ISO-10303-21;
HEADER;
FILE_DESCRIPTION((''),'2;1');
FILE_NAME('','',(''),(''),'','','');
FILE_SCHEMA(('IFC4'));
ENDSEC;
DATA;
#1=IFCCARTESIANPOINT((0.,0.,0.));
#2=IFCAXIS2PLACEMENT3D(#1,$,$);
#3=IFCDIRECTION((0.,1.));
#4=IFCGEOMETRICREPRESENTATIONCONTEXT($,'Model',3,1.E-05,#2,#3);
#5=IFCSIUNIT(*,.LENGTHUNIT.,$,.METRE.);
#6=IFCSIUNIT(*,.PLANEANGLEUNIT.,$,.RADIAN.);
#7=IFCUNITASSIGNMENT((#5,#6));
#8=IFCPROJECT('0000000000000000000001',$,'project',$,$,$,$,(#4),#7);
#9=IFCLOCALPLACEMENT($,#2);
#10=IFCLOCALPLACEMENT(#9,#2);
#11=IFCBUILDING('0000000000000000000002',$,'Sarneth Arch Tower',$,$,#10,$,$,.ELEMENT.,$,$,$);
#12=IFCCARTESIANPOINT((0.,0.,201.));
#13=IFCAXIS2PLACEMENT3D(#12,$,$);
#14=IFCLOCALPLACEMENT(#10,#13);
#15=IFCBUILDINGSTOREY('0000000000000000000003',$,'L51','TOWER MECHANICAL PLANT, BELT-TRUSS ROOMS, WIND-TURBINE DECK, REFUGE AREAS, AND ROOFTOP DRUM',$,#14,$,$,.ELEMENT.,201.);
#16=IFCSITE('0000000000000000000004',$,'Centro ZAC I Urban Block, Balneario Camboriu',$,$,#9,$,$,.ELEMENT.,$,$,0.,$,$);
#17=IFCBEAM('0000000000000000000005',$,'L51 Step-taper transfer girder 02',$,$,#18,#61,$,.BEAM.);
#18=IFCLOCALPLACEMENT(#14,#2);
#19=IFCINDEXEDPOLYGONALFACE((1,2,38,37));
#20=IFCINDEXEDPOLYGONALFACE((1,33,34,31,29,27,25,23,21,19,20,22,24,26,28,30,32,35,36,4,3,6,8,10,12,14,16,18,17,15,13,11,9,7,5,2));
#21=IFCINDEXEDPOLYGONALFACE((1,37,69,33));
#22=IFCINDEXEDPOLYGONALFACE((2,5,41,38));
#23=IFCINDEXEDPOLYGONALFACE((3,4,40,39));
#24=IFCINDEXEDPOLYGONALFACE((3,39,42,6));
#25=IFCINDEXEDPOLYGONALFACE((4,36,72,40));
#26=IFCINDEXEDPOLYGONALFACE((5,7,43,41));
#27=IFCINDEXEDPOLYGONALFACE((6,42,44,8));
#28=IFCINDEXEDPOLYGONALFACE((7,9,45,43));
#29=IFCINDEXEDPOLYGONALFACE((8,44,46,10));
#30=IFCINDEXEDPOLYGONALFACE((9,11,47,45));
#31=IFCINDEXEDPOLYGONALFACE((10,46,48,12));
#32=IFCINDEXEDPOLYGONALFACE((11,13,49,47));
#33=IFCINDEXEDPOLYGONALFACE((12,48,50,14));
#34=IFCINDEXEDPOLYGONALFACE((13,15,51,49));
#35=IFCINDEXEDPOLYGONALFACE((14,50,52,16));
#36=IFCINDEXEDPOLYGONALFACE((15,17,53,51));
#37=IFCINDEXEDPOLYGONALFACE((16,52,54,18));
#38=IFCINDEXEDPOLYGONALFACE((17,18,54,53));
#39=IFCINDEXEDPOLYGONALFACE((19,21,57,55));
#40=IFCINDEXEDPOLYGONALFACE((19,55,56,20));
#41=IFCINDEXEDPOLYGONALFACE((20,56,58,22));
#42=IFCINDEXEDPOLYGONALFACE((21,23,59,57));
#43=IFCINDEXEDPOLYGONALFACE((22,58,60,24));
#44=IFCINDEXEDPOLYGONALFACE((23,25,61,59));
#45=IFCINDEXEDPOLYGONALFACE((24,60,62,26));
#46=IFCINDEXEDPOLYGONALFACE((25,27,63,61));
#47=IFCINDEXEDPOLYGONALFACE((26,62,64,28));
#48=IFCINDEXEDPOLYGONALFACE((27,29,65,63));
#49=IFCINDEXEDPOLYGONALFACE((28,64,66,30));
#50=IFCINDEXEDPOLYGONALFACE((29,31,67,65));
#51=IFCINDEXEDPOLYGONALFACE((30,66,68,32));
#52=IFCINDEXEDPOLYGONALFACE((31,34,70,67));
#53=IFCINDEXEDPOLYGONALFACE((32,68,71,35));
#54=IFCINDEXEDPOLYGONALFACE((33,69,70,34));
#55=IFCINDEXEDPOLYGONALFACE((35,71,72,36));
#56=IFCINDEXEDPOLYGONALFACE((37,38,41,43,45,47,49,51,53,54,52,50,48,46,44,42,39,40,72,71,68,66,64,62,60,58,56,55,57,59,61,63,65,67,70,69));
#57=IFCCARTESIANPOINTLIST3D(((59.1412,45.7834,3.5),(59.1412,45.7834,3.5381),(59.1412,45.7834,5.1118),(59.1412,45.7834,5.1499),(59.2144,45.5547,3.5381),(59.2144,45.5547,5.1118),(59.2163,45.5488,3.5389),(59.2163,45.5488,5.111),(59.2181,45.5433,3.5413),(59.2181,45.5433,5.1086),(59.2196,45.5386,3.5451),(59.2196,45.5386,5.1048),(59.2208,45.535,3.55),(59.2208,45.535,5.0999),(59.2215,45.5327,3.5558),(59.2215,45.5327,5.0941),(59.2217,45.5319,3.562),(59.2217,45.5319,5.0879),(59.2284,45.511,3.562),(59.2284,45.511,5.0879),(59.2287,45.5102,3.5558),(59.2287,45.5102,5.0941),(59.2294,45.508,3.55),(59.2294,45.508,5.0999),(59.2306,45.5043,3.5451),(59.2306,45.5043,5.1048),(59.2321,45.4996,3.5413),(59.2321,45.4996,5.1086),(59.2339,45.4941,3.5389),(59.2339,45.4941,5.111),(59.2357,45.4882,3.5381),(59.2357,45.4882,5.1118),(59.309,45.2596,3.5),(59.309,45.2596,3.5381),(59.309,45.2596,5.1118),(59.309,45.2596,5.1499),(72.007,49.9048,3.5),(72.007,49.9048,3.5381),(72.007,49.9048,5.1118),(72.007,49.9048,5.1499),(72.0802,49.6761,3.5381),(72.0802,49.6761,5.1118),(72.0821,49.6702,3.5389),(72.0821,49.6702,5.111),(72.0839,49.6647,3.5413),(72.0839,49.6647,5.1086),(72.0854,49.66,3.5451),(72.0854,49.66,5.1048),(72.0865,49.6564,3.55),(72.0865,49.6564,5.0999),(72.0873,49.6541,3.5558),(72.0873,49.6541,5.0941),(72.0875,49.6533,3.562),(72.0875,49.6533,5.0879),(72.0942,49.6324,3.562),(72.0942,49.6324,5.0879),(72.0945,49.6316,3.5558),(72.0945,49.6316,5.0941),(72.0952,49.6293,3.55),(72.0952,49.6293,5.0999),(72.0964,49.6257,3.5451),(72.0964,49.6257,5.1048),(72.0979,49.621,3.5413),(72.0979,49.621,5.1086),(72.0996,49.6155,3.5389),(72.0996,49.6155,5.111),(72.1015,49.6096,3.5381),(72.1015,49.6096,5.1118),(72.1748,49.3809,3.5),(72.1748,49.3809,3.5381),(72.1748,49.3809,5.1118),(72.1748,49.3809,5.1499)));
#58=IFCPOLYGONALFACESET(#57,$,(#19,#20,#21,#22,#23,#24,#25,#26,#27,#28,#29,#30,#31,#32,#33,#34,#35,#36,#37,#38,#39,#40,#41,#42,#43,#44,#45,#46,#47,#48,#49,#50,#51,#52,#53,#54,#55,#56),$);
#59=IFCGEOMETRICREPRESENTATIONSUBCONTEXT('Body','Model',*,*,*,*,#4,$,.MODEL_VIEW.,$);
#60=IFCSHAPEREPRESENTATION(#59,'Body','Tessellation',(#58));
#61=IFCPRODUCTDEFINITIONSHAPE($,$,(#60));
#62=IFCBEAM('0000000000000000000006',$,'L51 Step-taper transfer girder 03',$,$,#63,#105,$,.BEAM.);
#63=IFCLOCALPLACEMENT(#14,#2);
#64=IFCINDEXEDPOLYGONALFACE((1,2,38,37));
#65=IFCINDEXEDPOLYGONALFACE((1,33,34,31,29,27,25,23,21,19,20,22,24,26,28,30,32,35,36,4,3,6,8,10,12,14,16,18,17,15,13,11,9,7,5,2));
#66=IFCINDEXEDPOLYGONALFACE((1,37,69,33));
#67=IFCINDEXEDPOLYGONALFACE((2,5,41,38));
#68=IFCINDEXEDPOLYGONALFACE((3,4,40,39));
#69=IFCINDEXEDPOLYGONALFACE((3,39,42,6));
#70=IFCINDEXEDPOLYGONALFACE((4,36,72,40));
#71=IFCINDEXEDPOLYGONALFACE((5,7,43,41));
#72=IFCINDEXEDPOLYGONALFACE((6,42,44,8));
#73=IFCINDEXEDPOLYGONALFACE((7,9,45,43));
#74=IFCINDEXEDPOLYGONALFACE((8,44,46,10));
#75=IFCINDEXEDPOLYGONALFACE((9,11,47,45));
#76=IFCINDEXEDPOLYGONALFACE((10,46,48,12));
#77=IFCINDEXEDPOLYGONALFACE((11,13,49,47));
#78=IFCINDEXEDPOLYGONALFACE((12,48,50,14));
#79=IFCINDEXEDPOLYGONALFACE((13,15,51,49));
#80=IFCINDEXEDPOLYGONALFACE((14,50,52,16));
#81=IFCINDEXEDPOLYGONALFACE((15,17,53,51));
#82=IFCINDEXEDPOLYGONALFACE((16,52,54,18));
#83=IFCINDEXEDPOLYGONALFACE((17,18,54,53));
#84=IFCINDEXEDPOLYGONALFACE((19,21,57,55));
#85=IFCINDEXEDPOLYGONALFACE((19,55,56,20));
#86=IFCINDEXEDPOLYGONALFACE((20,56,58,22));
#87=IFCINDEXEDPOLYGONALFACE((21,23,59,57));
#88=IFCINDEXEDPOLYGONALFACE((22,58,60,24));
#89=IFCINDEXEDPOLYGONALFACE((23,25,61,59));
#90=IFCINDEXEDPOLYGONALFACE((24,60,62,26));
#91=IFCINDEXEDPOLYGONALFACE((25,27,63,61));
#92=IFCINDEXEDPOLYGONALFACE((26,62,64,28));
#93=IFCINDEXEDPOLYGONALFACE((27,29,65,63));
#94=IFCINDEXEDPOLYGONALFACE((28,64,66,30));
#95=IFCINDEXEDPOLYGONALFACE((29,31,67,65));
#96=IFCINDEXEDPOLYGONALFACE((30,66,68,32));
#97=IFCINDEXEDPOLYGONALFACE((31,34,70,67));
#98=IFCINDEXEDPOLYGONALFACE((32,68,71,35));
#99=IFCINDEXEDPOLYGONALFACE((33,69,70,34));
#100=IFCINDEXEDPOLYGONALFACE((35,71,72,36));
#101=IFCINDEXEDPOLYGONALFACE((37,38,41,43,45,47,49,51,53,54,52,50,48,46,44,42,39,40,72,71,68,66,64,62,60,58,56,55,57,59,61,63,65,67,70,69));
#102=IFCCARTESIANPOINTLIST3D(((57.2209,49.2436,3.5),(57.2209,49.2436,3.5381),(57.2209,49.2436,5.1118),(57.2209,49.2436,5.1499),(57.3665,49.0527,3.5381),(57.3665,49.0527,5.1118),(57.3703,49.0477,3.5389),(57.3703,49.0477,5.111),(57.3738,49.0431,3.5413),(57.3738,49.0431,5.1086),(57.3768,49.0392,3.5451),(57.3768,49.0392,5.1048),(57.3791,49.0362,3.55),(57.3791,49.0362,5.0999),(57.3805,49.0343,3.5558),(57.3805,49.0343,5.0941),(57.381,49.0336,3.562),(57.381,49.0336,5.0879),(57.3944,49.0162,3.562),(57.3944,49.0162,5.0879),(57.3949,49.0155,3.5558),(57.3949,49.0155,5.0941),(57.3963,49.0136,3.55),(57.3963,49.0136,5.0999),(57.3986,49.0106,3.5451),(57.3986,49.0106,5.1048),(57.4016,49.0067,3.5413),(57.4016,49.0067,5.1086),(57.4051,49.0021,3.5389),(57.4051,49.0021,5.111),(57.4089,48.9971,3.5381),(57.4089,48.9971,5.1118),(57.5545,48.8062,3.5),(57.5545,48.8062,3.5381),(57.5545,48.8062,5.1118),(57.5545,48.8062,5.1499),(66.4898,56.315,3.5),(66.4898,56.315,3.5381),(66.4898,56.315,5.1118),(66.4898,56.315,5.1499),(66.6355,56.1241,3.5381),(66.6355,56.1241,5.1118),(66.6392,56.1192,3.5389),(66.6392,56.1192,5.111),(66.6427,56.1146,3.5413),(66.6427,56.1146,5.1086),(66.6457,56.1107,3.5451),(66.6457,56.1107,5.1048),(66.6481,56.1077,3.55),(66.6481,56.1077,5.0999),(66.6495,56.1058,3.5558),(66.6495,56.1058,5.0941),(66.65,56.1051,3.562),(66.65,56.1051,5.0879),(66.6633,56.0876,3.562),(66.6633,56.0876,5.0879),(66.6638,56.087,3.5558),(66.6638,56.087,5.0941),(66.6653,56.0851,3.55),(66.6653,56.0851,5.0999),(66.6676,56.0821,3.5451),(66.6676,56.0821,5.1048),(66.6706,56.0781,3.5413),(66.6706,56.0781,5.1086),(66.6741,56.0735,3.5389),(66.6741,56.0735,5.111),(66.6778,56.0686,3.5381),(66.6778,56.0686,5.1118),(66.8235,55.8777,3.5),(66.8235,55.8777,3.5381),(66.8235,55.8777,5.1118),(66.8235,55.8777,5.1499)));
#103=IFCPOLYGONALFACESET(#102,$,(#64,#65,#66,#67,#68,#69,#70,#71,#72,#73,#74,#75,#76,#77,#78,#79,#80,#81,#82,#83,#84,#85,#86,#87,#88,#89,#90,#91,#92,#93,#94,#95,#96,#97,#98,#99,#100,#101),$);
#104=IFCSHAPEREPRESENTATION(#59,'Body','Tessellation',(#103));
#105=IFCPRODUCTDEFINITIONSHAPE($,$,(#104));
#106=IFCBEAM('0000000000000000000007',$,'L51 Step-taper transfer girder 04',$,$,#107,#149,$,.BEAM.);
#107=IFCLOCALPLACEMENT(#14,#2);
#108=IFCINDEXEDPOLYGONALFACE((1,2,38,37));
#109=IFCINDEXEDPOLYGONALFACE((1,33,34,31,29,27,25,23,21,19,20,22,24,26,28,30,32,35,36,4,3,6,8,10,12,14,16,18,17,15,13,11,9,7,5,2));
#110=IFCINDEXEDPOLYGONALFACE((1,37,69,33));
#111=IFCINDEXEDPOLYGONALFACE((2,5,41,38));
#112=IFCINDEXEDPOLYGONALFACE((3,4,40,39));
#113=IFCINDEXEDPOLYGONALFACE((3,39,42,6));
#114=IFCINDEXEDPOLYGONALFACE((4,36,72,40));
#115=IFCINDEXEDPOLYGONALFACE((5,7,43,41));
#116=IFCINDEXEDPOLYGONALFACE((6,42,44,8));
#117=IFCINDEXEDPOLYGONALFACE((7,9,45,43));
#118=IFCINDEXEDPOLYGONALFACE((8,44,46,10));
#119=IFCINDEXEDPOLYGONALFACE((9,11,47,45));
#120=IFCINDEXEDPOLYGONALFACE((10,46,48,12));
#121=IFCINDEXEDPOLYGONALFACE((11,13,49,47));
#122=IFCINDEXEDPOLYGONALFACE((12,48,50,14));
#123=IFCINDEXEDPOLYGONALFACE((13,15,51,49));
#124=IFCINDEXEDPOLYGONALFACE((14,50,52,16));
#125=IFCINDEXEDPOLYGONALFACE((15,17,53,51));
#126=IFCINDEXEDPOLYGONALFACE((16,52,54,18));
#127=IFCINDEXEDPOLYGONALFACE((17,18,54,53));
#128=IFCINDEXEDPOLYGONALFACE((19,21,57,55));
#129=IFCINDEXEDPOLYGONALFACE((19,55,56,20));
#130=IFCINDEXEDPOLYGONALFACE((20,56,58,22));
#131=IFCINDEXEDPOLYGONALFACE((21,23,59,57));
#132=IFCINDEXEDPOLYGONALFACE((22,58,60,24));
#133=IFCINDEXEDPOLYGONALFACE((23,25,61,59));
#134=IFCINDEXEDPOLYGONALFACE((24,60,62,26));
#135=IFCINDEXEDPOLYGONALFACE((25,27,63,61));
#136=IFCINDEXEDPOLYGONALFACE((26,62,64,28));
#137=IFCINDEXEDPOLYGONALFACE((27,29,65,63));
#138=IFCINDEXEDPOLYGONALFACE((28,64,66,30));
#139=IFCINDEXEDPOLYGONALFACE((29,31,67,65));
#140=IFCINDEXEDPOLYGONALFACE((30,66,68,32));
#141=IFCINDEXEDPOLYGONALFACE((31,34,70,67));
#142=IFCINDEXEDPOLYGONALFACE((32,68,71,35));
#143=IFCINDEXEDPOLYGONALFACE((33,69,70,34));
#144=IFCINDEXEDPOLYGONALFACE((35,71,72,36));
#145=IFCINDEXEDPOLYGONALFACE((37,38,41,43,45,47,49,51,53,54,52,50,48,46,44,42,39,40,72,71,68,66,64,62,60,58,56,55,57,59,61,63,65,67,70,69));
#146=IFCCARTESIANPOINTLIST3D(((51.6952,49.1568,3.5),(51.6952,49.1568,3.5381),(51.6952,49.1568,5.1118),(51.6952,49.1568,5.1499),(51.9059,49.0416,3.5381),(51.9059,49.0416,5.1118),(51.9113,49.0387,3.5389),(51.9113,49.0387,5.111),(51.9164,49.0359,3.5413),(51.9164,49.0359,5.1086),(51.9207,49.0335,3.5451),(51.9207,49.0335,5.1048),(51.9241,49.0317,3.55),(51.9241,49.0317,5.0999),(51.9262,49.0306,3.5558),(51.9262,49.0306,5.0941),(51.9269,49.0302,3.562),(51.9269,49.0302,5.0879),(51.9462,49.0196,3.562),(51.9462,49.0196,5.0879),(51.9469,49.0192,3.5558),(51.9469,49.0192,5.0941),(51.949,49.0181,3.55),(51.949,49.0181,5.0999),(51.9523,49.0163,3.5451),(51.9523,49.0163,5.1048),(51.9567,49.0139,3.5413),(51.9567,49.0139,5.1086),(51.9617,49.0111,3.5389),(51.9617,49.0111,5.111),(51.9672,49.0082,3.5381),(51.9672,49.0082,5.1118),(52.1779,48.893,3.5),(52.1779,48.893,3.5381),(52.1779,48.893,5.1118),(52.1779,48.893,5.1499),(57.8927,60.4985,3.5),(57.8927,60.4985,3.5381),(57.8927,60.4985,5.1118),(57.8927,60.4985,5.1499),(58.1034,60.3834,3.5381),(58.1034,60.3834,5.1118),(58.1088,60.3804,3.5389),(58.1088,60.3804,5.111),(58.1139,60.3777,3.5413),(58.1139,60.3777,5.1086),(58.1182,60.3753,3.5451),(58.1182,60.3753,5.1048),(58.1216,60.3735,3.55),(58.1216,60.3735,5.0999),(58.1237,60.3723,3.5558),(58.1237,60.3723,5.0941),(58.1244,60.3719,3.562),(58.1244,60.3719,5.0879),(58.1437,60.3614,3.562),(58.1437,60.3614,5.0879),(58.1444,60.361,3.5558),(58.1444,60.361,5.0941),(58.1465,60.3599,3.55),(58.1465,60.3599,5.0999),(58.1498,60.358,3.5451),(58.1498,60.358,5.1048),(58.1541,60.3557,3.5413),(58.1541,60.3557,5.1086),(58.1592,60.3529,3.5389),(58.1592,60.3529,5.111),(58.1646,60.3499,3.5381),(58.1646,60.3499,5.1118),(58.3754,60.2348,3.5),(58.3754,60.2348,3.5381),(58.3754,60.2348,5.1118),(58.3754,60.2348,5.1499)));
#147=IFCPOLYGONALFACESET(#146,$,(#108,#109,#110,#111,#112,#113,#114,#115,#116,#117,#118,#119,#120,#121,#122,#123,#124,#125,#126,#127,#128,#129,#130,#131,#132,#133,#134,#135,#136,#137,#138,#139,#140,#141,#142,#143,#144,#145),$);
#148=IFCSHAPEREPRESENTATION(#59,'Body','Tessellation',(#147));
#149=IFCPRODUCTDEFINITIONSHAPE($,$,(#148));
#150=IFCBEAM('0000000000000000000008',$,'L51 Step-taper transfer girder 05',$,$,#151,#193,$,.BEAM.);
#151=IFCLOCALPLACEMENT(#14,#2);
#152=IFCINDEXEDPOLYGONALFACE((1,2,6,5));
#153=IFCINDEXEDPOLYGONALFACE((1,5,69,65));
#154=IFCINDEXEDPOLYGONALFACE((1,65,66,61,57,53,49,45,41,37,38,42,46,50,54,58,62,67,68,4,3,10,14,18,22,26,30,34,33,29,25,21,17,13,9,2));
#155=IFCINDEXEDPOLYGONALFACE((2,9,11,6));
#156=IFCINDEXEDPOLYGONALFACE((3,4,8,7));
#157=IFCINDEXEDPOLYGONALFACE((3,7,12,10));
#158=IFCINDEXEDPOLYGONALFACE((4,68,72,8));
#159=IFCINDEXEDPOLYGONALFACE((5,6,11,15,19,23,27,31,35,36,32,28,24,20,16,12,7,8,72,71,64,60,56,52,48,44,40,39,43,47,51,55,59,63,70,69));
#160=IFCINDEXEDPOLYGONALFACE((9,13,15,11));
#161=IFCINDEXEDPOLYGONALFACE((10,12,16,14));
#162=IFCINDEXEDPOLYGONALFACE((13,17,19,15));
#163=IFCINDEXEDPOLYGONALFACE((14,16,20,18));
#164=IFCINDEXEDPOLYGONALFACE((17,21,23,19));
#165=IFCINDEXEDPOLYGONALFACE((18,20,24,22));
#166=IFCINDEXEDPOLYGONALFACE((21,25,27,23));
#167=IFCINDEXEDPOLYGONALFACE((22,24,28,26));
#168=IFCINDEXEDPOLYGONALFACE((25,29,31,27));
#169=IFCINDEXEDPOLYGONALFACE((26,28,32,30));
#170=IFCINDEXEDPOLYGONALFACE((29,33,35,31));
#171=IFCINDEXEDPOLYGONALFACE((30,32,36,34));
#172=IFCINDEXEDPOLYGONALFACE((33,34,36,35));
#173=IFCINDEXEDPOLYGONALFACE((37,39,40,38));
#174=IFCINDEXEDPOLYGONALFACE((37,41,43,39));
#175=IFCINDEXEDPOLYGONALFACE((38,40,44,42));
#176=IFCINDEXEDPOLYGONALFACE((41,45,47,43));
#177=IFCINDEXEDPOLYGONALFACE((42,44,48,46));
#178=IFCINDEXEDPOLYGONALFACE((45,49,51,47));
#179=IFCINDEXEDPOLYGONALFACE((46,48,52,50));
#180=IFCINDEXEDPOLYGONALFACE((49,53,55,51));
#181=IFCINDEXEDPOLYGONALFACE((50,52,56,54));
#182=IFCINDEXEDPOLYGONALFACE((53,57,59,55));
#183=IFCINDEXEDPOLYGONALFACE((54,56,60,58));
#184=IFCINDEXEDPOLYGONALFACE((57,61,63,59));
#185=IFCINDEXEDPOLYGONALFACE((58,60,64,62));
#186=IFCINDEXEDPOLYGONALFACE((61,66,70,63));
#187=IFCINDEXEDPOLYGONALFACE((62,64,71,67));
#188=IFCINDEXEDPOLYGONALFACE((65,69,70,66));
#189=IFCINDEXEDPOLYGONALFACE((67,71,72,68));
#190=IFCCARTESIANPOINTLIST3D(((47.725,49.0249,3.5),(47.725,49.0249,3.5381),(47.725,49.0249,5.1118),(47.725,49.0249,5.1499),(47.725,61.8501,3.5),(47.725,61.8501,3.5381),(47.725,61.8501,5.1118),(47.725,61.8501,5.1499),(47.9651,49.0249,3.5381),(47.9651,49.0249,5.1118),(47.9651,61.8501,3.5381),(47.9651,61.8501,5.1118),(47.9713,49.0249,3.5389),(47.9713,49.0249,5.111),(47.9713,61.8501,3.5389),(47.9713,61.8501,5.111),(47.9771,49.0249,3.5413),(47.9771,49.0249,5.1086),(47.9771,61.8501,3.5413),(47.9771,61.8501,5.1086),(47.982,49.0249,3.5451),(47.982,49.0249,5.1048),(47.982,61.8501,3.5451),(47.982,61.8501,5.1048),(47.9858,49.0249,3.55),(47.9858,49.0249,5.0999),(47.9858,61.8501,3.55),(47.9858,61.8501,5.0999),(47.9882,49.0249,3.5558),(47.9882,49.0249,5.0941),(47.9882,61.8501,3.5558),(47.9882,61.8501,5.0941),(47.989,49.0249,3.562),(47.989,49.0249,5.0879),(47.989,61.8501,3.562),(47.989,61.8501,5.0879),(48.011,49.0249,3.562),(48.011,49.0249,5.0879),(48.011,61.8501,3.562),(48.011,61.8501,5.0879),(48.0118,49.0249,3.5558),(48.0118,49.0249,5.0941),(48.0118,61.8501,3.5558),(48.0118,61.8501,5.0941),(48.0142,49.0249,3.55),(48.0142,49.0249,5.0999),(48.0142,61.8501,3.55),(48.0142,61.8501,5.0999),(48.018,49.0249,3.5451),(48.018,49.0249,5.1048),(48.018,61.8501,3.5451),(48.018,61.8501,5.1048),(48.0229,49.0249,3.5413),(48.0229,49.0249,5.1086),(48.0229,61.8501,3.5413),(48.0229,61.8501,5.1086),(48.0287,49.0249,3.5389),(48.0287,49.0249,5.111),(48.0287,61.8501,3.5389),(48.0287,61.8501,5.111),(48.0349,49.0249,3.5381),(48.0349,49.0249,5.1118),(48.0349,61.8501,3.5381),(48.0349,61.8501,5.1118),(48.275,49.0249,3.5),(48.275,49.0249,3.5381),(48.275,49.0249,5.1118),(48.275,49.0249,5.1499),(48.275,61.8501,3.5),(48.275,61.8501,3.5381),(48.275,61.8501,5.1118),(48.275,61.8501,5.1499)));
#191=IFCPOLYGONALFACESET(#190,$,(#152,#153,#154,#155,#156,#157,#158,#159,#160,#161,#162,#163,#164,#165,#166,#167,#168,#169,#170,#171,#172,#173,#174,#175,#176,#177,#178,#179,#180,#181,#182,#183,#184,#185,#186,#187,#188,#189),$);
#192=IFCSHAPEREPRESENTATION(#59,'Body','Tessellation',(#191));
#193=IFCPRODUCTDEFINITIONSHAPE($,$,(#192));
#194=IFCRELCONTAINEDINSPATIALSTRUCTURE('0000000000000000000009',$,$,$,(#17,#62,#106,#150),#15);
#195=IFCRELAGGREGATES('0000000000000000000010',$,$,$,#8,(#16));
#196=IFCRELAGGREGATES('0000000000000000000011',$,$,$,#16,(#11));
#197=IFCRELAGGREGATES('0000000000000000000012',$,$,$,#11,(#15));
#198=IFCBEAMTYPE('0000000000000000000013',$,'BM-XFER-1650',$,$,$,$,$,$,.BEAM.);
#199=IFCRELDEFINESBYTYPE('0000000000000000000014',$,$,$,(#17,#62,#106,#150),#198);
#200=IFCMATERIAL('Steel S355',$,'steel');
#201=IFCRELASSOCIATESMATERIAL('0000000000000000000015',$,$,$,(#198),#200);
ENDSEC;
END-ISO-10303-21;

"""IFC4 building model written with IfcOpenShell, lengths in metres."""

from ifc_helpers import new_model, si_unit, direction, frame, origin, origin_2d, place, context, subcontext, project, spatial, i_section, extrude, material, material_profile, profile_set, type_object, element, save


model = new_model("IFC4")

# Units and contexts
model_context = context("Model", 3, precision=1e-05, world=origin(), true_north=direction((0.0, 1.0)))
body_context = subcontext(model_context, "Body", "Model", "MODEL_VIEW")
ifc_project = project(units=[si_unit("LENGTHUNIT", "METRE"), si_unit("PLANEANGLEUNIT", "RADIAN")], contexts=[model_context])

# Site, building, storey
site_placement = place(None, origin())
site = spatial("IfcSite", under=ifc_project, at=site_placement, Name="Centro ZAC I Urban Block, Balneario Camboriu", CompositionType="ELEMENT", RefElevation=0.0)
building_placement = place(site_placement, origin())
building = spatial("IfcBuilding", under=site, at=building_placement, Name="Sarneth Arch Tower", CompositionType="ELEMENT")
storey_placement = place(building_placement, frame((0.0, 0.0, 201.0)))
storey = spatial("IfcBuildingStorey", under=building, at=storey_placement, Name="L51", Description="TOWER MECHANICAL PLANT, BELT-TRUSS ROOMS, WIND-TURBINE DECK, REFUGE AREAS, AND ROOFTOP DRUM", CompositionType="ELEMENT", Elevation=201.0)

# Beams
ifc_material_1 = material(Name="Steel S355", Category="steel")
ifc_material_profile_1 = material_profile(ifc_material_1, i_section(OverallWidth=0.55, OverallDepth=1.6499, WebThickness=0.022, FlangeThickness=0.0381, FilletRadius=0.0239, at=origin_2d()), Name="CVS1650x680")
ifc_profile_set_1 = profile_set([ifc_material_profile_1], Name="Steel S355")
beam_type_1 = type_object("IfcBeamType", Name="BM-XFER-1650", PredefinedType="BEAM", material=ifc_profile_set_1)
beam_1_placement = place(storey_placement, frame((59.2251, 45.5215, 4.325), z_axis=(0.952332, 0.305065, 0.0), x_axis=(-0.305065, 0.952332, 0.0)))
element("IfcBeam", 1, at=beam_1_placement, inside=storey, type_object=beam_type_1, Name="L51 Step-taper transfer girder 02", PredefinedType="BEAM", context=body_context, shape_type="SweptSolid", body=[
    extrude(i_section(OverallWidth=0.55, OverallDepth=1.6499, WebThickness=0.022, FlangeThickness=0.0381, FilletRadius=0.0239, at=origin_2d()), origin(), (0.0, 0.0, 1.0), 13.5098),
])
beam_2_placement = place(storey_placement, frame((57.3877, 49.0249, 4.325), z_axis=(0.795043, 0.606554, 0.0), x_axis=(-0.606554, 0.795043, 0.0)))
element("IfcBeam", 2, at=beam_2_placement, inside=storey, type_object=beam_type_1, Name="L51 Step-taper transfer girder 03", PredefinedType="BEAM", context=body_context, shape_type="SweptSolid", body=[
    extrude(i_section(OverallWidth=0.55, OverallDepth=1.6499, WebThickness=0.022, FlangeThickness=0.0381, FilletRadius=0.0239, at=origin_2d()), origin(), (0.0, 0.0, 1.0), 11.6584),
])
beam_3_placement = place(storey_placement, frame((51.9365, 49.0249, 4.325), z_axis=(0.479512, 0.877535, 0.0), x_axis=(-0.877535, 0.479512, 0.0)))
element("IfcBeam", 3, at=beam_3_placement, inside=storey, type_object=beam_type_1, Name="L51 Step-taper transfer girder 04", PredefinedType="BEAM", context=body_context, shape_type="SweptSolid", body=[
    extrude(i_section(OverallWidth=0.55, OverallDepth=1.6499, WebThickness=0.022, FlangeThickness=0.0381, FilletRadius=0.0239, at=origin_2d()), origin(), (0.0, 0.0, 1.0), 12.9246),
])
beam_4_placement = place(storey_placement, frame((48.0, 49.0249, 4.325), z_axis=(0.0, 1.0, 0.0), x_axis=(-1.0, 0.0, 0.0)))
element("IfcBeam", 4, at=beam_4_placement, inside=storey, type_object=beam_type_1, Name="L51 Step-taper transfer girder 05", PredefinedType="BEAM", context=body_context, shape_type="SweptSolid", body=[
    extrude(i_section(OverallWidth=0.55, OverallDepth=1.6499, WebThickness=0.022, FlangeThickness=0.0381, FilletRadius=0.0239, at=origin_2d()), origin(), (0.0, 0.0, 1.0), 12.8252),
])

save(model, "model.ifc")
